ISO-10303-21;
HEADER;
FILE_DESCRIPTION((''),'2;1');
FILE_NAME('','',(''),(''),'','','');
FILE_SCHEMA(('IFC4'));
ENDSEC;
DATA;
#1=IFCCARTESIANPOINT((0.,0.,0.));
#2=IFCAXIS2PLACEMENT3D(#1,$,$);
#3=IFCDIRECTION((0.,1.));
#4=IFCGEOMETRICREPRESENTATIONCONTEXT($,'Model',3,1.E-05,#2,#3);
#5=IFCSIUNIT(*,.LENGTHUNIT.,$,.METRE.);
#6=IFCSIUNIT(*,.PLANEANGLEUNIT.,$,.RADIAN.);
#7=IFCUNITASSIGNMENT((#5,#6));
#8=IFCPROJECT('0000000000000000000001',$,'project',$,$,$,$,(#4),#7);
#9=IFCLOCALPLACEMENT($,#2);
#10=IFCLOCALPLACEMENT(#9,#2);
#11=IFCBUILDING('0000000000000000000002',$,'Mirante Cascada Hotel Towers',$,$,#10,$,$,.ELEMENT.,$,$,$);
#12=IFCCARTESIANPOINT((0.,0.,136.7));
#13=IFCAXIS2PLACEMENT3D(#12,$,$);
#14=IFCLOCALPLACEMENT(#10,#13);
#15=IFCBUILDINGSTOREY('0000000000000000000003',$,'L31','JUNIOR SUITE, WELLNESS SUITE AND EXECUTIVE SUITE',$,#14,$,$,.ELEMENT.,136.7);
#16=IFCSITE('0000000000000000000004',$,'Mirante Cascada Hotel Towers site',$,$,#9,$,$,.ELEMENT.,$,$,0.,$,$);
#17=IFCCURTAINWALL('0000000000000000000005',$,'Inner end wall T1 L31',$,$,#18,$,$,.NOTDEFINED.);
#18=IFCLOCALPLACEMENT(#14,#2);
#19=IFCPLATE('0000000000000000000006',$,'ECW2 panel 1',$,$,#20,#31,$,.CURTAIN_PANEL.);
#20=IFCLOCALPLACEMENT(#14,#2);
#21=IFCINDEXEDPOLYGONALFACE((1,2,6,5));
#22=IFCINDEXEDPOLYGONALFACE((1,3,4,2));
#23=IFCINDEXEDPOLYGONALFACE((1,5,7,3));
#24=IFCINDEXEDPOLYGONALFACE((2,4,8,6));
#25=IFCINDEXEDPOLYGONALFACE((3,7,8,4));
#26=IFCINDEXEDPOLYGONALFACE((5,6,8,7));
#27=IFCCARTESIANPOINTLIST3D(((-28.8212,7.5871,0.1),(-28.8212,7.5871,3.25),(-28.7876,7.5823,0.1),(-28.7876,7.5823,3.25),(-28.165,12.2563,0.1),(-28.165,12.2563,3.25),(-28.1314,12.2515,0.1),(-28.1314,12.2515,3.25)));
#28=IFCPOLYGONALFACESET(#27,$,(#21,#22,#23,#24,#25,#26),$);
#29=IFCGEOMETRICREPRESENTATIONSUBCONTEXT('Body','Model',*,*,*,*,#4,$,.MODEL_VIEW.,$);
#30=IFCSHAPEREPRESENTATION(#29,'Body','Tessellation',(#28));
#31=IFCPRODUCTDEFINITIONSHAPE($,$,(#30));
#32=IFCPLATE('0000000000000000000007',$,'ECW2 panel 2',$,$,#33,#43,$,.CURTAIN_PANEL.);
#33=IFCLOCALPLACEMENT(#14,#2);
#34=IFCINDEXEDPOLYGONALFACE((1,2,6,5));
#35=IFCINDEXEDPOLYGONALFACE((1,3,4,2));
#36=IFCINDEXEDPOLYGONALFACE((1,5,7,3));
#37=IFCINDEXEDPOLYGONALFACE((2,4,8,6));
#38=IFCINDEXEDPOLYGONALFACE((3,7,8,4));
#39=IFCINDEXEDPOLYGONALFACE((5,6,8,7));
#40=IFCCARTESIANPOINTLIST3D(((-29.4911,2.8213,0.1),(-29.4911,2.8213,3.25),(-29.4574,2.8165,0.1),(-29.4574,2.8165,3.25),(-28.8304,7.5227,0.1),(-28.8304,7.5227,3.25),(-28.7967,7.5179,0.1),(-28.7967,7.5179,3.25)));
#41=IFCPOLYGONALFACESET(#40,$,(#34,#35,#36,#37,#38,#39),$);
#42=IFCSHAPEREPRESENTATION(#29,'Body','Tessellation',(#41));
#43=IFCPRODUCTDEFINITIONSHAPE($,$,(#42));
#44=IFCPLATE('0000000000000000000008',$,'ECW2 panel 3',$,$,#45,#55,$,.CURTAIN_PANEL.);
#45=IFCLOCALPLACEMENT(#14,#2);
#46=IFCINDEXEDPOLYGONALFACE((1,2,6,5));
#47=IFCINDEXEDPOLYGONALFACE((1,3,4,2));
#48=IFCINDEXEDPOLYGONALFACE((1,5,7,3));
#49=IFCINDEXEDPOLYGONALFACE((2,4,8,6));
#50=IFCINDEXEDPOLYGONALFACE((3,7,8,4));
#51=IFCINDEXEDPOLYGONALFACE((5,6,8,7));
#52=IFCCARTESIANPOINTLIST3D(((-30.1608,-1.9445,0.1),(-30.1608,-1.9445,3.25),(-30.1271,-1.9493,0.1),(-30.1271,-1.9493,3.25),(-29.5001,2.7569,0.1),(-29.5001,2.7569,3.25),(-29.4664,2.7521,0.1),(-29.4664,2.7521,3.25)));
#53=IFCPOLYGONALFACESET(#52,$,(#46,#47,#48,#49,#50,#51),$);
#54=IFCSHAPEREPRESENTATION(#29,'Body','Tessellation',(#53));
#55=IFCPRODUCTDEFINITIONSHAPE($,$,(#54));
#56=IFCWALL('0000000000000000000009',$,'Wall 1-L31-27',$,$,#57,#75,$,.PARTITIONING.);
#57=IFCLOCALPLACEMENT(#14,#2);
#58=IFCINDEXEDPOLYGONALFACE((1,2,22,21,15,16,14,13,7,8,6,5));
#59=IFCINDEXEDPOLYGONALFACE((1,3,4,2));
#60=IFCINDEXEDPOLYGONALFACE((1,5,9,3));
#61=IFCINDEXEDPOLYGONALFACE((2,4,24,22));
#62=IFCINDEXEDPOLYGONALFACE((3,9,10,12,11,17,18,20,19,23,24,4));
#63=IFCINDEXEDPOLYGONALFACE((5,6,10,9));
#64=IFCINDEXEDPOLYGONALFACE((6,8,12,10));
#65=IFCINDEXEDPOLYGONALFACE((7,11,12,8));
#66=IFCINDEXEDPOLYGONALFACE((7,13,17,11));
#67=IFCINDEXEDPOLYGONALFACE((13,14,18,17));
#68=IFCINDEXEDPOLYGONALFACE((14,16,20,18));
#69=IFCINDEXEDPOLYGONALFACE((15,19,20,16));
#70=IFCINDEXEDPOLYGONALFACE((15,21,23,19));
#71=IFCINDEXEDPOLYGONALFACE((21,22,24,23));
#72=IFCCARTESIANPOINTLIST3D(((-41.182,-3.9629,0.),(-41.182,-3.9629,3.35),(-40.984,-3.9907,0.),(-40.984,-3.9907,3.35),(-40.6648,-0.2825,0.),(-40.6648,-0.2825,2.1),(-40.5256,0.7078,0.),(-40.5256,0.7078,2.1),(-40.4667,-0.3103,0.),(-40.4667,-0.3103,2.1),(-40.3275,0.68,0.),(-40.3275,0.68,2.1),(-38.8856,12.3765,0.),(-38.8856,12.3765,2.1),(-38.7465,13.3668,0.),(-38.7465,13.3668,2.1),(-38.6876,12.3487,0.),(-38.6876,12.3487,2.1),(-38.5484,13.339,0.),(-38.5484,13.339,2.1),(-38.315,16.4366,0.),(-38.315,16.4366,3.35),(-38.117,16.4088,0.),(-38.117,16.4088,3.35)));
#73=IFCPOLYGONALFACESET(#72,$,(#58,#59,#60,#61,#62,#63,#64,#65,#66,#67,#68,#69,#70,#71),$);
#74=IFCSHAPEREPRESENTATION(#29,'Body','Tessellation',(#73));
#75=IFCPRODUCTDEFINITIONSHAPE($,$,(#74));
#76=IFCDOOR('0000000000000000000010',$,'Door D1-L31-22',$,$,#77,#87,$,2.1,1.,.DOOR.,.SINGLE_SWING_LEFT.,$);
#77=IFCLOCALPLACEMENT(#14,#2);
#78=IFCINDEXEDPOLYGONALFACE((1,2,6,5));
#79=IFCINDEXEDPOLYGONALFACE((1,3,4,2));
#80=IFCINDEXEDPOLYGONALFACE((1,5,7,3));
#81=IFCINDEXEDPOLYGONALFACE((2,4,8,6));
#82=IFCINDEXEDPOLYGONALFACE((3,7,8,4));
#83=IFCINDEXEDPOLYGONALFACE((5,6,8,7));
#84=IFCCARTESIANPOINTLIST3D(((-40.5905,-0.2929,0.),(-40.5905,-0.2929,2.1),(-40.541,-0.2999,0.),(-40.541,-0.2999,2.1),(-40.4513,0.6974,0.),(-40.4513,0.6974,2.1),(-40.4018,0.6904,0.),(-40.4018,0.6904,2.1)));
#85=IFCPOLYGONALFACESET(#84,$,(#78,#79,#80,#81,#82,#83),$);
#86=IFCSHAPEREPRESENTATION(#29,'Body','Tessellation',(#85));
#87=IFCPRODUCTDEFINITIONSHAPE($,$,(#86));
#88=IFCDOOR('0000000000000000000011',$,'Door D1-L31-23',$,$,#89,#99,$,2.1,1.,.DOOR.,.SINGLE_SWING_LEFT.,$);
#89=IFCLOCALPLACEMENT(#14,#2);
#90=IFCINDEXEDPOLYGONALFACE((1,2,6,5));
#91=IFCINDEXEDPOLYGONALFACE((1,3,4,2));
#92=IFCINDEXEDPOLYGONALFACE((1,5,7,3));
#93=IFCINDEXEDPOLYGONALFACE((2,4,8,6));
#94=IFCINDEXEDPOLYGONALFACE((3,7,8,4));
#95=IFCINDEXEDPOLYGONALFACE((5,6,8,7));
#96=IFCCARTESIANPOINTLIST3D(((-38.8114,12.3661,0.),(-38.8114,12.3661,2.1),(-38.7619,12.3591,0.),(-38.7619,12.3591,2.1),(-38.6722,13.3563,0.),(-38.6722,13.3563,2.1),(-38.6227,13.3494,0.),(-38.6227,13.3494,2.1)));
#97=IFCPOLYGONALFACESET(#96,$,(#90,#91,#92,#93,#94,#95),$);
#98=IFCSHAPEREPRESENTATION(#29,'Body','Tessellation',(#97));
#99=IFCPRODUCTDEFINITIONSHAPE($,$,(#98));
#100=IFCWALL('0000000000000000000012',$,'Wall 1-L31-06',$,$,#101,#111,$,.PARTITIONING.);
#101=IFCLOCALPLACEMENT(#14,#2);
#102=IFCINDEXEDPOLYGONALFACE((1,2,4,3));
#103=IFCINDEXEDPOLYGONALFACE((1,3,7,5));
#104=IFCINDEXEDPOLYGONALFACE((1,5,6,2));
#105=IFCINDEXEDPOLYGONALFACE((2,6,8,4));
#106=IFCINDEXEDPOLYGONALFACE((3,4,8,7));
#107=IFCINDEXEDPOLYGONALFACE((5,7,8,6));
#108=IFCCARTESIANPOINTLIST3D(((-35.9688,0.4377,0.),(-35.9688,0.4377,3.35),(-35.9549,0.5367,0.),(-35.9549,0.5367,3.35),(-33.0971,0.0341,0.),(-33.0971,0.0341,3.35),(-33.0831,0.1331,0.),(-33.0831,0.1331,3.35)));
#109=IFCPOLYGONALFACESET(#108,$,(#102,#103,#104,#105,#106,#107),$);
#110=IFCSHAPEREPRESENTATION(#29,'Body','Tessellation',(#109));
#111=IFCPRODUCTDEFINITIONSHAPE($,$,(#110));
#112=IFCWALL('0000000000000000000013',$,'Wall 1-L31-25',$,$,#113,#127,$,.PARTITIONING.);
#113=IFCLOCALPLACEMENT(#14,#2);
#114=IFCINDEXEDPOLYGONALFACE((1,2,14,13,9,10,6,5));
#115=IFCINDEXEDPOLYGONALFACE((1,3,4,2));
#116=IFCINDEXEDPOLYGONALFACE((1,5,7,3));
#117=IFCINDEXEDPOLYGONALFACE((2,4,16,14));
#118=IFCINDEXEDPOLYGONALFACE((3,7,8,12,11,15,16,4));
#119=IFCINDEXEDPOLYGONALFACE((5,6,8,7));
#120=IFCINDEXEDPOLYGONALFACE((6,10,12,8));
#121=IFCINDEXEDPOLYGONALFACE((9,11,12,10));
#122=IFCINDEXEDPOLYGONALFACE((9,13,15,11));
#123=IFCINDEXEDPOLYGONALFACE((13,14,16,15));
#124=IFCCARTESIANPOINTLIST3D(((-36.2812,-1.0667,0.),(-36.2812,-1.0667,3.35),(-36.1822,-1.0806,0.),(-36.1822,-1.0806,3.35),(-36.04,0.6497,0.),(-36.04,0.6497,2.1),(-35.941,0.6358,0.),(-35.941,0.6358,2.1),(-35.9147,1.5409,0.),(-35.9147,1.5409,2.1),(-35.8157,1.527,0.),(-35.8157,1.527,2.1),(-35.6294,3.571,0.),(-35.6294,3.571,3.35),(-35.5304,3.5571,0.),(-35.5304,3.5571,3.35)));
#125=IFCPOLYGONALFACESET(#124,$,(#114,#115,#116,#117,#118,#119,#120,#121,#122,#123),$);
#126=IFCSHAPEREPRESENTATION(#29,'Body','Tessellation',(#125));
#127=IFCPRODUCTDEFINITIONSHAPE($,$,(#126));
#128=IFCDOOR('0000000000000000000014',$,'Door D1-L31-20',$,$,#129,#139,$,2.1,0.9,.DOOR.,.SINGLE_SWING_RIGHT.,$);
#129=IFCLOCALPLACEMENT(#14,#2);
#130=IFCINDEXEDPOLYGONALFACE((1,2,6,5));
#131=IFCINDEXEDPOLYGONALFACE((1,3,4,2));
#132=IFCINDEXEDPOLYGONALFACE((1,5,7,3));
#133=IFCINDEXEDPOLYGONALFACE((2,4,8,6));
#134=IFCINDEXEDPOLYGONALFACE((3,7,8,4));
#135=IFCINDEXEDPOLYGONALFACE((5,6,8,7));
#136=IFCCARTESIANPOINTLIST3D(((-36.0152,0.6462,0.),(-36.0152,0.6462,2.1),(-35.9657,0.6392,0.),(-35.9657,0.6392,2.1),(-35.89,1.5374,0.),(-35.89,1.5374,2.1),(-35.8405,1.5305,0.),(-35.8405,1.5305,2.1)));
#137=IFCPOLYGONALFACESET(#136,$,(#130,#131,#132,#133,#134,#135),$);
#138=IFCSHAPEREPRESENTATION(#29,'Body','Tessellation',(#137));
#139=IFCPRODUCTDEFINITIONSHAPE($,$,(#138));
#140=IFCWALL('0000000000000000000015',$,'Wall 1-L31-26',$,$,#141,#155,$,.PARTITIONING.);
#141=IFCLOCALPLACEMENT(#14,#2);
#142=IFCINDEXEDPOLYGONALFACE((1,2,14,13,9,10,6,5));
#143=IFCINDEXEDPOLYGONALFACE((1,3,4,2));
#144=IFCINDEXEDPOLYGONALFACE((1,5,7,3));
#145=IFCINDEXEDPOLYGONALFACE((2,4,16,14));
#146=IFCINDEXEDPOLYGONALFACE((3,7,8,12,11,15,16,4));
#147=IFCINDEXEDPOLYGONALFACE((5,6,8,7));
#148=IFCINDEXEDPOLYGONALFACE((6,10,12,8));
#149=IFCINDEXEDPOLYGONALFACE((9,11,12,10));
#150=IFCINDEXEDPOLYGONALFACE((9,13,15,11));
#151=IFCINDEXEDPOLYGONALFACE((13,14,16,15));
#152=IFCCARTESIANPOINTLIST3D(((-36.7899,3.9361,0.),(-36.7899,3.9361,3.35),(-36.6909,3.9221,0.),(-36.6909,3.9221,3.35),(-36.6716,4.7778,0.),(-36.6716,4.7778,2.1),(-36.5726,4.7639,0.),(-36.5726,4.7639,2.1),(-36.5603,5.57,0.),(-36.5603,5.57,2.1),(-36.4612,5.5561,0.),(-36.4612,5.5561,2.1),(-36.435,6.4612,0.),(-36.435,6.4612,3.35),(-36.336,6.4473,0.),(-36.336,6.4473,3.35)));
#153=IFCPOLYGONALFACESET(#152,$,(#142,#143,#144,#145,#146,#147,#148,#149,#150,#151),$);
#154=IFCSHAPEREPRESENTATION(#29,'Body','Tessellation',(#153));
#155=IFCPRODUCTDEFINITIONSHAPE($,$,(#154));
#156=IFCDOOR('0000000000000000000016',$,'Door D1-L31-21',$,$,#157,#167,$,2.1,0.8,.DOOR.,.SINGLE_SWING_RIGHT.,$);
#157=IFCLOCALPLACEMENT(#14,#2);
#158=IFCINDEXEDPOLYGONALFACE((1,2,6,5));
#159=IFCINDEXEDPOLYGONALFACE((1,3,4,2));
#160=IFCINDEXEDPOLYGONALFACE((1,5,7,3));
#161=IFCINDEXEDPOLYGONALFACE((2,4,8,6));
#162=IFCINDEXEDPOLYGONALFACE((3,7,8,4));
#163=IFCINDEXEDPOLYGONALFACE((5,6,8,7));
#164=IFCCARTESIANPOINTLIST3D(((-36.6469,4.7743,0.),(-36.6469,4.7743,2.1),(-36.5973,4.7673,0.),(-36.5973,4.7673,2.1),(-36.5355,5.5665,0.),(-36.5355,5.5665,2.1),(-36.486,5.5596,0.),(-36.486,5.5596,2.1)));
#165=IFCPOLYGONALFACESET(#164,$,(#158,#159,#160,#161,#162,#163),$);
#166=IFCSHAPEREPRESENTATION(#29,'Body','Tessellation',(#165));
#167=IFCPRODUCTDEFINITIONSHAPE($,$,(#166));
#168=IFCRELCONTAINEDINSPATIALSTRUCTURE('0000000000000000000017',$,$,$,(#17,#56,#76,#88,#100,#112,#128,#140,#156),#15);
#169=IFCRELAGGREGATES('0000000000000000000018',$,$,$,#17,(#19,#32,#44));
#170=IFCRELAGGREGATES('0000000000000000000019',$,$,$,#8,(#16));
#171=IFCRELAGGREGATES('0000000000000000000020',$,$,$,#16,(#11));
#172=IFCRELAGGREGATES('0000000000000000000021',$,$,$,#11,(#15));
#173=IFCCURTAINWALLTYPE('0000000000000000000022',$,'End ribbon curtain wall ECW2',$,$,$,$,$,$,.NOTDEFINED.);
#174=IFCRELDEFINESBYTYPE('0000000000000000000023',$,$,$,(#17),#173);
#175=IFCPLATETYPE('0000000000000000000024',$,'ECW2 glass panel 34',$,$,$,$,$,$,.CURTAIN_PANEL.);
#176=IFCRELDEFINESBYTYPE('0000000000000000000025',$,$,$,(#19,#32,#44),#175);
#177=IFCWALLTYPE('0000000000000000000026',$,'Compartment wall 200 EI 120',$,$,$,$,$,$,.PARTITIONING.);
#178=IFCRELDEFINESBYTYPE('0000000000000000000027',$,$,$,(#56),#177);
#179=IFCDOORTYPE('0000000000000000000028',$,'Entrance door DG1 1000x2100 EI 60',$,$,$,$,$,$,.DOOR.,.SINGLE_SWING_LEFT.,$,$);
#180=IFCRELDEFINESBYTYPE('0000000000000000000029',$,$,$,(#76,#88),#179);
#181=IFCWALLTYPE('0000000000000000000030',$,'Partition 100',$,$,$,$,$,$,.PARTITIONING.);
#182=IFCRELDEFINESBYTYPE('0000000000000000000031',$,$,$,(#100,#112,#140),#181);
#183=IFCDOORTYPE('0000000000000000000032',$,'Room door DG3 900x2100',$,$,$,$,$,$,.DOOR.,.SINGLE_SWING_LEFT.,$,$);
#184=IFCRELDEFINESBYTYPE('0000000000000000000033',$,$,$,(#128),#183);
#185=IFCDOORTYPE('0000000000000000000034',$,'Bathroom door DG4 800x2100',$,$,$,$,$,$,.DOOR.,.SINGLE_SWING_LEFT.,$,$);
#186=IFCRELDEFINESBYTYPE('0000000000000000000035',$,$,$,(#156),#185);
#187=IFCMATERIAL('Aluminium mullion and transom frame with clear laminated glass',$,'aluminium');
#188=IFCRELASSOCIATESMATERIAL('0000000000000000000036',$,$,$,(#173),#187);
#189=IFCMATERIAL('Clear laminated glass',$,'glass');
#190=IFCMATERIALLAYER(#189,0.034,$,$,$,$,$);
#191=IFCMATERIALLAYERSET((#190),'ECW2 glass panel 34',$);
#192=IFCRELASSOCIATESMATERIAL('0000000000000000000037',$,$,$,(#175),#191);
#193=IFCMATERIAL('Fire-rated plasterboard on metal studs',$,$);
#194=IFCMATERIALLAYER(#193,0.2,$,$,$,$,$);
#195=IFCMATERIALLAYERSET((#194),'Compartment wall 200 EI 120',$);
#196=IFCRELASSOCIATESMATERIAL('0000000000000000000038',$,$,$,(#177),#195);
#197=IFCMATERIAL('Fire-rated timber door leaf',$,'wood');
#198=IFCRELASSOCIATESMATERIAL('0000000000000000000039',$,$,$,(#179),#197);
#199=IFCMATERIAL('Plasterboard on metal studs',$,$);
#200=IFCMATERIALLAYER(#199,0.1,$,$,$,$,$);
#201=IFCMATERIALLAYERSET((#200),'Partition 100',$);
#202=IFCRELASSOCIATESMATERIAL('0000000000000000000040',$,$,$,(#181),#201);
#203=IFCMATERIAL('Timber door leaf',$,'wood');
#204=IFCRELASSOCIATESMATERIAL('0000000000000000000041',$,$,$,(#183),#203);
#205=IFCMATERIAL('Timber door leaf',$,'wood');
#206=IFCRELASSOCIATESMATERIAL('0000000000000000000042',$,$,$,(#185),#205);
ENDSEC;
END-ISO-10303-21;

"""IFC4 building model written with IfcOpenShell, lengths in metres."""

from ifc_helpers import new_model, si_unit, direction, frame, frame_2d, origin, origin_2d, place, context, subcontext, project, spatial, rectangle, extrude, material, layer, layer_set, type_object, element, fill, aggregate, save


model = new_model("IFC4")

# Units and contexts
model_context = context("Model", 3, precision=1e-05, world=origin(), true_north=direction((0.0, 1.0)))
body_context = subcontext(model_context, "Body", "Model", "MODEL_VIEW")
ifc_project = project(units=[si_unit("LENGTHUNIT", "METRE"), si_unit("PLANEANGLEUNIT", "RADIAN")], contexts=[model_context])

# Site, building, storey
site_placement = place(None, origin())
site = spatial("IfcSite", under=ifc_project, at=site_placement, Name="Mirante Cascada Hotel Towers site", CompositionType="ELEMENT", RefElevation=0.0)
building_placement = place(site_placement, origin())
building = spatial("IfcBuilding", under=site, at=building_placement, Name="Mirante Cascada Hotel Towers", CompositionType="ELEMENT")
storey_placement = place(building_placement, frame((0.0, 0.0, 136.7)))
storey = spatial("IfcBuildingStorey", under=building, at=storey_placement, Name="L31", Description="JUNIOR SUITE, WELLNESS SUITE AND EXECUTIVE SUITE", CompositionType="ELEMENT", Elevation=136.7)

# Curtain wall
ifc_material_1 = material(Name="Aluminium mullion and transom frame with clear laminated glass", Category="aluminium")
curtain_wall_type_1 = type_object("IfcCurtainWallType", Name="End ribbon curtain wall ECW2", PredefinedType="NOTDEFINED", material=ifc_material_1)
curtain_wall_1_placement = place(storey_placement, origin())
curtain_wall_1 = element("IfcCurtainWall", 1, at=curtain_wall_1_placement, inside=storey, type_object=curtain_wall_type_1, Name="Inner end wall T1 L31", PredefinedType="NOTDEFINED")

# Plates
ifc_material_2 = material(Name="Clear laminated glass", Category="glass")
ifc_layer_1 = layer(ifc_material_2, 0.034)
ifc_layer_set_1 = layer_set([ifc_layer_1], Name="ECW2 glass panel 34")
plate_type_1 = type_object("IfcPlateType", Name="ECW2 glass panel 34", PredefinedType="CURTAIN_PANEL", material=ifc_layer_set_1)
plate_1_placement = place(storey_placement, frame((-28.4763, 9.9193, 0.1), z_axis=(0.0, 0.0, 1.0), x_axis=(-0.139173, -0.990268, 0.0)))
plate_1 = element("IfcPlate", 2, at=plate_1_placement, type_object=plate_type_1, Name="ECW2 panel 1", PredefinedType="CURTAIN_PANEL", context=body_context, shape_type="SweptSolid", body=[
    extrude(rectangle(XDim=4.7151, YDim=0.034, at=origin_2d()), origin(), (0.0, 0.0, 1.0), 3.15),
])
plate_2_placement = place(storey_placement, frame((-29.1439, 5.1696, 0.1), z_axis=(0.0, 0.0, 1.0), x_axis=(-0.139173, -0.990268, 0.0)))
plate_2 = element("IfcPlate", 3, at=plate_2_placement, type_object=plate_type_1, Name="ECW2 panel 2", PredefinedType="CURTAIN_PANEL", context=body_context, shape_type="SweptSolid", body=[
    extrude(rectangle(XDim=4.7476, YDim=0.034, at=origin_2d()), origin(), (0.0, 0.0, 1.0), 3.15),
])
plate_3_placement = place(storey_placement, frame((-29.8136, 0.4038, 0.1), z_axis=(0.0, 0.0, 1.0), x_axis=(-0.139173, -0.990268, 0.0)))
plate_3 = element("IfcPlate", 4, at=plate_3_placement, type_object=plate_type_1, Name="ECW2 panel 3", PredefinedType="CURTAIN_PANEL", context=body_context, shape_type="SweptSolid", body=[
    extrude(rectangle(XDim=4.7476, YDim=0.034, at=origin_2d()), origin(), (0.0, 0.0, 1.0), 3.15),
])
aggregate(curtain_wall_1, [plate_1, plate_2, plate_3])

# Wall, openings, doors
ifc_material_3 = material(Name="Fire-rated plasterboard on metal studs")
ifc_layer_2 = layer(ifc_material_3, 0.2)
ifc_layer_set_2 = layer_set([ifc_layer_2], Name="Compartment wall 200 EI 120")
wall_type_1 = type_object("IfcWallType", Name="Compartment wall 200 EI 120", PredefinedType="PARTITIONING", material=ifc_layer_set_2)
wall_1_placement = place(storey_placement, frame((-38.216, 16.4227, 0.0), z_axis=(0.0, 0.0, 1.0), x_axis=(-0.139175, -0.990268, 0.0)))
wall_1 = element("IfcWall", 5, at=wall_1_placement, inside=storey, type_object=wall_type_1, Name="Wall 1-L31-27", PredefinedType="PARTITIONING", context=body_context, shape_type="SweptSolid", body=[
    extrude(rectangle(XDim=20.6, YDim=0.2, at=frame_2d((10.3, 0.0))), origin(), (0.0, 0.0, 1.0), 3.35),
])
opening_1_placement = place(wall_1_placement, frame((15.8834, 0.0, 0.0)))
opening_1 = element("IfcOpeningElement", 6, at=opening_1_placement, cuts=wall_1, PredefinedType="OPENING", context=body_context, shape_type="SweptSolid", body=[
    extrude(rectangle(XDim=1.0, YDim=2.1, at=frame_2d((0.5, 1.05))), frame((0.0, 0.1, 0.0), z_axis=(0.0, -1.0, 0.0), x_axis=(1.0, 0.0, 0.0)), (0.0, 0.0, 1.0), 0.2),
])
opening_2_placement = place(wall_1_placement, frame((3.1, 0.0, 0.0)))
opening_2 = element("IfcOpeningElement", 7, at=opening_2_placement, cuts=wall_1, PredefinedType="OPENING", context=body_context, shape_type="SweptSolid", body=[
    extrude(rectangle(XDim=1.0, YDim=2.1, at=frame_2d((0.5, 1.05))), frame((0.0, 0.1, 0.0), z_axis=(0.0, -1.0, 0.0), x_axis=(1.0, 0.0, 0.0)), (0.0, 0.0, 1.0), 0.2),
])
ifc_material_4 = material(Name="Fire-rated timber door leaf", Category="wood")
door_type_1 = type_object("IfcDoorType", Name="Entrance door DG1 1000x2100 EI 60", OperationType="SINGLE_SWING_LEFT", PredefinedType="DOOR", material=ifc_material_4)
door_1_placement = place(opening_1_placement, origin())
door_1 = element("IfcDoor", 8, at=door_1_placement, inside=storey, type_object=door_type_1, Name="Door D1-L31-22", OperationType="SINGLE_SWING_LEFT", OverallHeight=2.1, OverallWidth=1.0, PredefinedType="DOOR", context=body_context, shape_type="SweptSolid", body=[
    extrude(rectangle(XDim=1.0, YDim=2.1, at=frame_2d((0.5, 1.05))), frame((0.0, 0.025, 0.0), z_axis=(0.0, -1.0, 0.0), x_axis=(1.0, 0.0, 0.0)), (0.0, 0.0, 1.0), 0.05),
])
fill(opening_1, door_1)
door_2_placement = place(opening_2_placement, origin())
door_2 = element("IfcDoor", 9, at=door_2_placement, inside=storey, type_object=door_type_1, Name="Door D1-L31-23", OperationType="SINGLE_SWING_LEFT", OverallHeight=2.1, OverallWidth=1.0, PredefinedType="DOOR", context=body_context, shape_type="SweptSolid", body=[
    extrude(rectangle(XDim=1.0, YDim=2.1, at=frame_2d((0.5, 1.05))), frame((0.0, 0.025, 0.0), z_axis=(0.0, -1.0, 0.0), x_axis=(1.0, 0.0, 0.0)), (0.0, 0.0, 1.0), 0.05),
])
fill(opening_2, door_2)

# Wall
ifc_material_5 = material(Name="Plasterboard on metal studs")
ifc_layer_3 = layer(ifc_material_5, 0.1)
ifc_layer_set_3 = layer_set([ifc_layer_3], Name="Partition 100")
wall_type_2 = type_object("IfcWallType", Name="Partition 100", PredefinedType="PARTITIONING", material=ifc_layer_set_3)
wall_2_placement = place(storey_placement, frame((-33.0901, 0.0836, 0.0), z_axis=(0.0, 0.0, 1.0), x_axis=(-0.990268, 0.139171, 0.0)))
element("IfcWall", 10, at=wall_2_placement, inside=storey, type_object=wall_type_2, Name="Wall 1-L31-06", PredefinedType="PARTITIONING", context=body_context, shape_type="SweptSolid", body=[
    extrude(rectangle(XDim=2.9, YDim=0.1, at=frame_2d((1.45, 0.0))), origin(), (0.0, 0.0, 1.0), 3.35),
])

# Walls, openings, doors
wall_3_placement = place(storey_placement, frame((-35.5799, 3.564, 0.0), z_axis=(0.0, 0.0, 1.0), x_axis=(-0.139176, -0.990268, 0.0)))
wall_3 = element("IfcWall", 11, at=wall_3_placement, inside=storey, type_object=wall_type_2, Name="Wall 1-L31-25", PredefinedType="PARTITIONING", context=body_context, shape_type="SweptSolid", body=[
    extrude(rectangle(XDim=4.6833, YDim=0.1, at=frame_2d((2.3416, 0.0))), origin(), (0.0, 0.0, 1.0), 3.35),
])
opening_3_placement = place(wall_3_placement, frame((2.05, 0.0, 0.0)))
opening_3 = element("IfcOpeningElement", 12, at=opening_3_placement, cuts=wall_3, PredefinedType="OPENING", context=body_context, shape_type="SweptSolid", body=[
    extrude(rectangle(XDim=0.9, YDim=2.1, at=frame_2d((0.45, 1.05))), frame((0.0, 0.05, 0.0), z_axis=(0.0, -1.0, 0.0), x_axis=(1.0, 0.0, 0.0)), (0.0, 0.0, 1.0), 0.1),
])
ifc_material_6 = material(Name="Timber door leaf", Category="wood")
door_type_2 = type_object("IfcDoorType", Name="Room door DG3 900x2100", OperationType="SINGLE_SWING_LEFT", PredefinedType="DOOR", material=ifc_material_6)
door_3_placement = place(opening_3_placement, frame((0.9, 0.0, 0.0), z_axis=(0.0, 0.0, 1.0), x_axis=(-1.0, 0.0, 0.0)))
door_3 = element("IfcDoor", 13, at=door_3_placement, inside=storey, type_object=door_type_2, Name="Door D1-L31-20", OperationType="SINGLE_SWING_RIGHT", OverallHeight=2.1, OverallWidth=0.9, PredefinedType="DOOR", context=body_context, shape_type="SweptSolid", body=[
    extrude(rectangle(XDim=0.9, YDim=2.1, at=frame_2d((0.45, 1.05))), frame((0.0, 0.025, 0.0), z_axis=(0.0, -1.0, 0.0), x_axis=(1.0, 0.0, 0.0)), (0.0, 0.0, 1.0), 0.05),
])
fill(opening_3, door_3)
wall_4_placement = place(storey_placement, frame((-36.7404, 3.9291, 0.0), z_axis=(0.0, 0.0, 1.0), x_axis=(0.139176, 0.990268, 0.0)))
wall_4 = element("IfcWall", 14, at=wall_4_placement, inside=storey, type_object=wall_type_2, Name="Wall 1-L31-26", PredefinedType="PARTITIONING", context=body_context, shape_type="SweptSolid", body=[
    extrude(rectangle(XDim=2.55, YDim=0.1, at=frame_2d((1.275, 0.0))), origin(), (0.0, 0.0, 1.0), 3.35),
])
opening_4_placement = place(wall_4_placement, frame((0.85, 0.0, 0.0)))
opening_4 = element("IfcOpeningElement", 15, at=opening_4_placement, cuts=wall_4, PredefinedType="OPENING", context=body_context, shape_type="SweptSolid", body=[
    extrude(rectangle(XDim=0.8, YDim=2.1, at=frame_2d((0.4, 1.05))), frame((0.0, 0.05, 0.0), z_axis=(0.0, -1.0, 0.0), x_axis=(1.0, 0.0, 0.0)), (0.0, 0.0, 1.0), 0.1),
])
ifc_material_7 = material(Name="Timber door leaf", Category="wood")
door_type_3 = type_object("IfcDoorType", Name="Bathroom door DG4 800x2100", OperationType="SINGLE_SWING_LEFT", PredefinedType="DOOR", material=ifc_material_7)
door_4_placement = place(opening_4_placement, frame((0.8, 0.0, 0.0), z_axis=(0.0, 0.0, 1.0), x_axis=(-1.0, 0.0, 0.0)))
door_4 = element("IfcDoor", 16, at=door_4_placement, inside=storey, type_object=door_type_3, Name="Door D1-L31-21", OperationType="SINGLE_SWING_RIGHT", OverallHeight=2.1, OverallWidth=0.8, PredefinedType="DOOR", context=body_context, shape_type="SweptSolid", body=[
    extrude(rectangle(XDim=0.8, YDim=2.1, at=frame_2d((0.4, 1.05))), frame((0.0, 0.025, 0.0), z_axis=(0.0, -1.0, 0.0), x_axis=(1.0, 0.0, 0.0)), (0.0, 0.0, 1.0), 0.05),
])
fill(opening_4, door_4)

save(model, "model.ifc")
